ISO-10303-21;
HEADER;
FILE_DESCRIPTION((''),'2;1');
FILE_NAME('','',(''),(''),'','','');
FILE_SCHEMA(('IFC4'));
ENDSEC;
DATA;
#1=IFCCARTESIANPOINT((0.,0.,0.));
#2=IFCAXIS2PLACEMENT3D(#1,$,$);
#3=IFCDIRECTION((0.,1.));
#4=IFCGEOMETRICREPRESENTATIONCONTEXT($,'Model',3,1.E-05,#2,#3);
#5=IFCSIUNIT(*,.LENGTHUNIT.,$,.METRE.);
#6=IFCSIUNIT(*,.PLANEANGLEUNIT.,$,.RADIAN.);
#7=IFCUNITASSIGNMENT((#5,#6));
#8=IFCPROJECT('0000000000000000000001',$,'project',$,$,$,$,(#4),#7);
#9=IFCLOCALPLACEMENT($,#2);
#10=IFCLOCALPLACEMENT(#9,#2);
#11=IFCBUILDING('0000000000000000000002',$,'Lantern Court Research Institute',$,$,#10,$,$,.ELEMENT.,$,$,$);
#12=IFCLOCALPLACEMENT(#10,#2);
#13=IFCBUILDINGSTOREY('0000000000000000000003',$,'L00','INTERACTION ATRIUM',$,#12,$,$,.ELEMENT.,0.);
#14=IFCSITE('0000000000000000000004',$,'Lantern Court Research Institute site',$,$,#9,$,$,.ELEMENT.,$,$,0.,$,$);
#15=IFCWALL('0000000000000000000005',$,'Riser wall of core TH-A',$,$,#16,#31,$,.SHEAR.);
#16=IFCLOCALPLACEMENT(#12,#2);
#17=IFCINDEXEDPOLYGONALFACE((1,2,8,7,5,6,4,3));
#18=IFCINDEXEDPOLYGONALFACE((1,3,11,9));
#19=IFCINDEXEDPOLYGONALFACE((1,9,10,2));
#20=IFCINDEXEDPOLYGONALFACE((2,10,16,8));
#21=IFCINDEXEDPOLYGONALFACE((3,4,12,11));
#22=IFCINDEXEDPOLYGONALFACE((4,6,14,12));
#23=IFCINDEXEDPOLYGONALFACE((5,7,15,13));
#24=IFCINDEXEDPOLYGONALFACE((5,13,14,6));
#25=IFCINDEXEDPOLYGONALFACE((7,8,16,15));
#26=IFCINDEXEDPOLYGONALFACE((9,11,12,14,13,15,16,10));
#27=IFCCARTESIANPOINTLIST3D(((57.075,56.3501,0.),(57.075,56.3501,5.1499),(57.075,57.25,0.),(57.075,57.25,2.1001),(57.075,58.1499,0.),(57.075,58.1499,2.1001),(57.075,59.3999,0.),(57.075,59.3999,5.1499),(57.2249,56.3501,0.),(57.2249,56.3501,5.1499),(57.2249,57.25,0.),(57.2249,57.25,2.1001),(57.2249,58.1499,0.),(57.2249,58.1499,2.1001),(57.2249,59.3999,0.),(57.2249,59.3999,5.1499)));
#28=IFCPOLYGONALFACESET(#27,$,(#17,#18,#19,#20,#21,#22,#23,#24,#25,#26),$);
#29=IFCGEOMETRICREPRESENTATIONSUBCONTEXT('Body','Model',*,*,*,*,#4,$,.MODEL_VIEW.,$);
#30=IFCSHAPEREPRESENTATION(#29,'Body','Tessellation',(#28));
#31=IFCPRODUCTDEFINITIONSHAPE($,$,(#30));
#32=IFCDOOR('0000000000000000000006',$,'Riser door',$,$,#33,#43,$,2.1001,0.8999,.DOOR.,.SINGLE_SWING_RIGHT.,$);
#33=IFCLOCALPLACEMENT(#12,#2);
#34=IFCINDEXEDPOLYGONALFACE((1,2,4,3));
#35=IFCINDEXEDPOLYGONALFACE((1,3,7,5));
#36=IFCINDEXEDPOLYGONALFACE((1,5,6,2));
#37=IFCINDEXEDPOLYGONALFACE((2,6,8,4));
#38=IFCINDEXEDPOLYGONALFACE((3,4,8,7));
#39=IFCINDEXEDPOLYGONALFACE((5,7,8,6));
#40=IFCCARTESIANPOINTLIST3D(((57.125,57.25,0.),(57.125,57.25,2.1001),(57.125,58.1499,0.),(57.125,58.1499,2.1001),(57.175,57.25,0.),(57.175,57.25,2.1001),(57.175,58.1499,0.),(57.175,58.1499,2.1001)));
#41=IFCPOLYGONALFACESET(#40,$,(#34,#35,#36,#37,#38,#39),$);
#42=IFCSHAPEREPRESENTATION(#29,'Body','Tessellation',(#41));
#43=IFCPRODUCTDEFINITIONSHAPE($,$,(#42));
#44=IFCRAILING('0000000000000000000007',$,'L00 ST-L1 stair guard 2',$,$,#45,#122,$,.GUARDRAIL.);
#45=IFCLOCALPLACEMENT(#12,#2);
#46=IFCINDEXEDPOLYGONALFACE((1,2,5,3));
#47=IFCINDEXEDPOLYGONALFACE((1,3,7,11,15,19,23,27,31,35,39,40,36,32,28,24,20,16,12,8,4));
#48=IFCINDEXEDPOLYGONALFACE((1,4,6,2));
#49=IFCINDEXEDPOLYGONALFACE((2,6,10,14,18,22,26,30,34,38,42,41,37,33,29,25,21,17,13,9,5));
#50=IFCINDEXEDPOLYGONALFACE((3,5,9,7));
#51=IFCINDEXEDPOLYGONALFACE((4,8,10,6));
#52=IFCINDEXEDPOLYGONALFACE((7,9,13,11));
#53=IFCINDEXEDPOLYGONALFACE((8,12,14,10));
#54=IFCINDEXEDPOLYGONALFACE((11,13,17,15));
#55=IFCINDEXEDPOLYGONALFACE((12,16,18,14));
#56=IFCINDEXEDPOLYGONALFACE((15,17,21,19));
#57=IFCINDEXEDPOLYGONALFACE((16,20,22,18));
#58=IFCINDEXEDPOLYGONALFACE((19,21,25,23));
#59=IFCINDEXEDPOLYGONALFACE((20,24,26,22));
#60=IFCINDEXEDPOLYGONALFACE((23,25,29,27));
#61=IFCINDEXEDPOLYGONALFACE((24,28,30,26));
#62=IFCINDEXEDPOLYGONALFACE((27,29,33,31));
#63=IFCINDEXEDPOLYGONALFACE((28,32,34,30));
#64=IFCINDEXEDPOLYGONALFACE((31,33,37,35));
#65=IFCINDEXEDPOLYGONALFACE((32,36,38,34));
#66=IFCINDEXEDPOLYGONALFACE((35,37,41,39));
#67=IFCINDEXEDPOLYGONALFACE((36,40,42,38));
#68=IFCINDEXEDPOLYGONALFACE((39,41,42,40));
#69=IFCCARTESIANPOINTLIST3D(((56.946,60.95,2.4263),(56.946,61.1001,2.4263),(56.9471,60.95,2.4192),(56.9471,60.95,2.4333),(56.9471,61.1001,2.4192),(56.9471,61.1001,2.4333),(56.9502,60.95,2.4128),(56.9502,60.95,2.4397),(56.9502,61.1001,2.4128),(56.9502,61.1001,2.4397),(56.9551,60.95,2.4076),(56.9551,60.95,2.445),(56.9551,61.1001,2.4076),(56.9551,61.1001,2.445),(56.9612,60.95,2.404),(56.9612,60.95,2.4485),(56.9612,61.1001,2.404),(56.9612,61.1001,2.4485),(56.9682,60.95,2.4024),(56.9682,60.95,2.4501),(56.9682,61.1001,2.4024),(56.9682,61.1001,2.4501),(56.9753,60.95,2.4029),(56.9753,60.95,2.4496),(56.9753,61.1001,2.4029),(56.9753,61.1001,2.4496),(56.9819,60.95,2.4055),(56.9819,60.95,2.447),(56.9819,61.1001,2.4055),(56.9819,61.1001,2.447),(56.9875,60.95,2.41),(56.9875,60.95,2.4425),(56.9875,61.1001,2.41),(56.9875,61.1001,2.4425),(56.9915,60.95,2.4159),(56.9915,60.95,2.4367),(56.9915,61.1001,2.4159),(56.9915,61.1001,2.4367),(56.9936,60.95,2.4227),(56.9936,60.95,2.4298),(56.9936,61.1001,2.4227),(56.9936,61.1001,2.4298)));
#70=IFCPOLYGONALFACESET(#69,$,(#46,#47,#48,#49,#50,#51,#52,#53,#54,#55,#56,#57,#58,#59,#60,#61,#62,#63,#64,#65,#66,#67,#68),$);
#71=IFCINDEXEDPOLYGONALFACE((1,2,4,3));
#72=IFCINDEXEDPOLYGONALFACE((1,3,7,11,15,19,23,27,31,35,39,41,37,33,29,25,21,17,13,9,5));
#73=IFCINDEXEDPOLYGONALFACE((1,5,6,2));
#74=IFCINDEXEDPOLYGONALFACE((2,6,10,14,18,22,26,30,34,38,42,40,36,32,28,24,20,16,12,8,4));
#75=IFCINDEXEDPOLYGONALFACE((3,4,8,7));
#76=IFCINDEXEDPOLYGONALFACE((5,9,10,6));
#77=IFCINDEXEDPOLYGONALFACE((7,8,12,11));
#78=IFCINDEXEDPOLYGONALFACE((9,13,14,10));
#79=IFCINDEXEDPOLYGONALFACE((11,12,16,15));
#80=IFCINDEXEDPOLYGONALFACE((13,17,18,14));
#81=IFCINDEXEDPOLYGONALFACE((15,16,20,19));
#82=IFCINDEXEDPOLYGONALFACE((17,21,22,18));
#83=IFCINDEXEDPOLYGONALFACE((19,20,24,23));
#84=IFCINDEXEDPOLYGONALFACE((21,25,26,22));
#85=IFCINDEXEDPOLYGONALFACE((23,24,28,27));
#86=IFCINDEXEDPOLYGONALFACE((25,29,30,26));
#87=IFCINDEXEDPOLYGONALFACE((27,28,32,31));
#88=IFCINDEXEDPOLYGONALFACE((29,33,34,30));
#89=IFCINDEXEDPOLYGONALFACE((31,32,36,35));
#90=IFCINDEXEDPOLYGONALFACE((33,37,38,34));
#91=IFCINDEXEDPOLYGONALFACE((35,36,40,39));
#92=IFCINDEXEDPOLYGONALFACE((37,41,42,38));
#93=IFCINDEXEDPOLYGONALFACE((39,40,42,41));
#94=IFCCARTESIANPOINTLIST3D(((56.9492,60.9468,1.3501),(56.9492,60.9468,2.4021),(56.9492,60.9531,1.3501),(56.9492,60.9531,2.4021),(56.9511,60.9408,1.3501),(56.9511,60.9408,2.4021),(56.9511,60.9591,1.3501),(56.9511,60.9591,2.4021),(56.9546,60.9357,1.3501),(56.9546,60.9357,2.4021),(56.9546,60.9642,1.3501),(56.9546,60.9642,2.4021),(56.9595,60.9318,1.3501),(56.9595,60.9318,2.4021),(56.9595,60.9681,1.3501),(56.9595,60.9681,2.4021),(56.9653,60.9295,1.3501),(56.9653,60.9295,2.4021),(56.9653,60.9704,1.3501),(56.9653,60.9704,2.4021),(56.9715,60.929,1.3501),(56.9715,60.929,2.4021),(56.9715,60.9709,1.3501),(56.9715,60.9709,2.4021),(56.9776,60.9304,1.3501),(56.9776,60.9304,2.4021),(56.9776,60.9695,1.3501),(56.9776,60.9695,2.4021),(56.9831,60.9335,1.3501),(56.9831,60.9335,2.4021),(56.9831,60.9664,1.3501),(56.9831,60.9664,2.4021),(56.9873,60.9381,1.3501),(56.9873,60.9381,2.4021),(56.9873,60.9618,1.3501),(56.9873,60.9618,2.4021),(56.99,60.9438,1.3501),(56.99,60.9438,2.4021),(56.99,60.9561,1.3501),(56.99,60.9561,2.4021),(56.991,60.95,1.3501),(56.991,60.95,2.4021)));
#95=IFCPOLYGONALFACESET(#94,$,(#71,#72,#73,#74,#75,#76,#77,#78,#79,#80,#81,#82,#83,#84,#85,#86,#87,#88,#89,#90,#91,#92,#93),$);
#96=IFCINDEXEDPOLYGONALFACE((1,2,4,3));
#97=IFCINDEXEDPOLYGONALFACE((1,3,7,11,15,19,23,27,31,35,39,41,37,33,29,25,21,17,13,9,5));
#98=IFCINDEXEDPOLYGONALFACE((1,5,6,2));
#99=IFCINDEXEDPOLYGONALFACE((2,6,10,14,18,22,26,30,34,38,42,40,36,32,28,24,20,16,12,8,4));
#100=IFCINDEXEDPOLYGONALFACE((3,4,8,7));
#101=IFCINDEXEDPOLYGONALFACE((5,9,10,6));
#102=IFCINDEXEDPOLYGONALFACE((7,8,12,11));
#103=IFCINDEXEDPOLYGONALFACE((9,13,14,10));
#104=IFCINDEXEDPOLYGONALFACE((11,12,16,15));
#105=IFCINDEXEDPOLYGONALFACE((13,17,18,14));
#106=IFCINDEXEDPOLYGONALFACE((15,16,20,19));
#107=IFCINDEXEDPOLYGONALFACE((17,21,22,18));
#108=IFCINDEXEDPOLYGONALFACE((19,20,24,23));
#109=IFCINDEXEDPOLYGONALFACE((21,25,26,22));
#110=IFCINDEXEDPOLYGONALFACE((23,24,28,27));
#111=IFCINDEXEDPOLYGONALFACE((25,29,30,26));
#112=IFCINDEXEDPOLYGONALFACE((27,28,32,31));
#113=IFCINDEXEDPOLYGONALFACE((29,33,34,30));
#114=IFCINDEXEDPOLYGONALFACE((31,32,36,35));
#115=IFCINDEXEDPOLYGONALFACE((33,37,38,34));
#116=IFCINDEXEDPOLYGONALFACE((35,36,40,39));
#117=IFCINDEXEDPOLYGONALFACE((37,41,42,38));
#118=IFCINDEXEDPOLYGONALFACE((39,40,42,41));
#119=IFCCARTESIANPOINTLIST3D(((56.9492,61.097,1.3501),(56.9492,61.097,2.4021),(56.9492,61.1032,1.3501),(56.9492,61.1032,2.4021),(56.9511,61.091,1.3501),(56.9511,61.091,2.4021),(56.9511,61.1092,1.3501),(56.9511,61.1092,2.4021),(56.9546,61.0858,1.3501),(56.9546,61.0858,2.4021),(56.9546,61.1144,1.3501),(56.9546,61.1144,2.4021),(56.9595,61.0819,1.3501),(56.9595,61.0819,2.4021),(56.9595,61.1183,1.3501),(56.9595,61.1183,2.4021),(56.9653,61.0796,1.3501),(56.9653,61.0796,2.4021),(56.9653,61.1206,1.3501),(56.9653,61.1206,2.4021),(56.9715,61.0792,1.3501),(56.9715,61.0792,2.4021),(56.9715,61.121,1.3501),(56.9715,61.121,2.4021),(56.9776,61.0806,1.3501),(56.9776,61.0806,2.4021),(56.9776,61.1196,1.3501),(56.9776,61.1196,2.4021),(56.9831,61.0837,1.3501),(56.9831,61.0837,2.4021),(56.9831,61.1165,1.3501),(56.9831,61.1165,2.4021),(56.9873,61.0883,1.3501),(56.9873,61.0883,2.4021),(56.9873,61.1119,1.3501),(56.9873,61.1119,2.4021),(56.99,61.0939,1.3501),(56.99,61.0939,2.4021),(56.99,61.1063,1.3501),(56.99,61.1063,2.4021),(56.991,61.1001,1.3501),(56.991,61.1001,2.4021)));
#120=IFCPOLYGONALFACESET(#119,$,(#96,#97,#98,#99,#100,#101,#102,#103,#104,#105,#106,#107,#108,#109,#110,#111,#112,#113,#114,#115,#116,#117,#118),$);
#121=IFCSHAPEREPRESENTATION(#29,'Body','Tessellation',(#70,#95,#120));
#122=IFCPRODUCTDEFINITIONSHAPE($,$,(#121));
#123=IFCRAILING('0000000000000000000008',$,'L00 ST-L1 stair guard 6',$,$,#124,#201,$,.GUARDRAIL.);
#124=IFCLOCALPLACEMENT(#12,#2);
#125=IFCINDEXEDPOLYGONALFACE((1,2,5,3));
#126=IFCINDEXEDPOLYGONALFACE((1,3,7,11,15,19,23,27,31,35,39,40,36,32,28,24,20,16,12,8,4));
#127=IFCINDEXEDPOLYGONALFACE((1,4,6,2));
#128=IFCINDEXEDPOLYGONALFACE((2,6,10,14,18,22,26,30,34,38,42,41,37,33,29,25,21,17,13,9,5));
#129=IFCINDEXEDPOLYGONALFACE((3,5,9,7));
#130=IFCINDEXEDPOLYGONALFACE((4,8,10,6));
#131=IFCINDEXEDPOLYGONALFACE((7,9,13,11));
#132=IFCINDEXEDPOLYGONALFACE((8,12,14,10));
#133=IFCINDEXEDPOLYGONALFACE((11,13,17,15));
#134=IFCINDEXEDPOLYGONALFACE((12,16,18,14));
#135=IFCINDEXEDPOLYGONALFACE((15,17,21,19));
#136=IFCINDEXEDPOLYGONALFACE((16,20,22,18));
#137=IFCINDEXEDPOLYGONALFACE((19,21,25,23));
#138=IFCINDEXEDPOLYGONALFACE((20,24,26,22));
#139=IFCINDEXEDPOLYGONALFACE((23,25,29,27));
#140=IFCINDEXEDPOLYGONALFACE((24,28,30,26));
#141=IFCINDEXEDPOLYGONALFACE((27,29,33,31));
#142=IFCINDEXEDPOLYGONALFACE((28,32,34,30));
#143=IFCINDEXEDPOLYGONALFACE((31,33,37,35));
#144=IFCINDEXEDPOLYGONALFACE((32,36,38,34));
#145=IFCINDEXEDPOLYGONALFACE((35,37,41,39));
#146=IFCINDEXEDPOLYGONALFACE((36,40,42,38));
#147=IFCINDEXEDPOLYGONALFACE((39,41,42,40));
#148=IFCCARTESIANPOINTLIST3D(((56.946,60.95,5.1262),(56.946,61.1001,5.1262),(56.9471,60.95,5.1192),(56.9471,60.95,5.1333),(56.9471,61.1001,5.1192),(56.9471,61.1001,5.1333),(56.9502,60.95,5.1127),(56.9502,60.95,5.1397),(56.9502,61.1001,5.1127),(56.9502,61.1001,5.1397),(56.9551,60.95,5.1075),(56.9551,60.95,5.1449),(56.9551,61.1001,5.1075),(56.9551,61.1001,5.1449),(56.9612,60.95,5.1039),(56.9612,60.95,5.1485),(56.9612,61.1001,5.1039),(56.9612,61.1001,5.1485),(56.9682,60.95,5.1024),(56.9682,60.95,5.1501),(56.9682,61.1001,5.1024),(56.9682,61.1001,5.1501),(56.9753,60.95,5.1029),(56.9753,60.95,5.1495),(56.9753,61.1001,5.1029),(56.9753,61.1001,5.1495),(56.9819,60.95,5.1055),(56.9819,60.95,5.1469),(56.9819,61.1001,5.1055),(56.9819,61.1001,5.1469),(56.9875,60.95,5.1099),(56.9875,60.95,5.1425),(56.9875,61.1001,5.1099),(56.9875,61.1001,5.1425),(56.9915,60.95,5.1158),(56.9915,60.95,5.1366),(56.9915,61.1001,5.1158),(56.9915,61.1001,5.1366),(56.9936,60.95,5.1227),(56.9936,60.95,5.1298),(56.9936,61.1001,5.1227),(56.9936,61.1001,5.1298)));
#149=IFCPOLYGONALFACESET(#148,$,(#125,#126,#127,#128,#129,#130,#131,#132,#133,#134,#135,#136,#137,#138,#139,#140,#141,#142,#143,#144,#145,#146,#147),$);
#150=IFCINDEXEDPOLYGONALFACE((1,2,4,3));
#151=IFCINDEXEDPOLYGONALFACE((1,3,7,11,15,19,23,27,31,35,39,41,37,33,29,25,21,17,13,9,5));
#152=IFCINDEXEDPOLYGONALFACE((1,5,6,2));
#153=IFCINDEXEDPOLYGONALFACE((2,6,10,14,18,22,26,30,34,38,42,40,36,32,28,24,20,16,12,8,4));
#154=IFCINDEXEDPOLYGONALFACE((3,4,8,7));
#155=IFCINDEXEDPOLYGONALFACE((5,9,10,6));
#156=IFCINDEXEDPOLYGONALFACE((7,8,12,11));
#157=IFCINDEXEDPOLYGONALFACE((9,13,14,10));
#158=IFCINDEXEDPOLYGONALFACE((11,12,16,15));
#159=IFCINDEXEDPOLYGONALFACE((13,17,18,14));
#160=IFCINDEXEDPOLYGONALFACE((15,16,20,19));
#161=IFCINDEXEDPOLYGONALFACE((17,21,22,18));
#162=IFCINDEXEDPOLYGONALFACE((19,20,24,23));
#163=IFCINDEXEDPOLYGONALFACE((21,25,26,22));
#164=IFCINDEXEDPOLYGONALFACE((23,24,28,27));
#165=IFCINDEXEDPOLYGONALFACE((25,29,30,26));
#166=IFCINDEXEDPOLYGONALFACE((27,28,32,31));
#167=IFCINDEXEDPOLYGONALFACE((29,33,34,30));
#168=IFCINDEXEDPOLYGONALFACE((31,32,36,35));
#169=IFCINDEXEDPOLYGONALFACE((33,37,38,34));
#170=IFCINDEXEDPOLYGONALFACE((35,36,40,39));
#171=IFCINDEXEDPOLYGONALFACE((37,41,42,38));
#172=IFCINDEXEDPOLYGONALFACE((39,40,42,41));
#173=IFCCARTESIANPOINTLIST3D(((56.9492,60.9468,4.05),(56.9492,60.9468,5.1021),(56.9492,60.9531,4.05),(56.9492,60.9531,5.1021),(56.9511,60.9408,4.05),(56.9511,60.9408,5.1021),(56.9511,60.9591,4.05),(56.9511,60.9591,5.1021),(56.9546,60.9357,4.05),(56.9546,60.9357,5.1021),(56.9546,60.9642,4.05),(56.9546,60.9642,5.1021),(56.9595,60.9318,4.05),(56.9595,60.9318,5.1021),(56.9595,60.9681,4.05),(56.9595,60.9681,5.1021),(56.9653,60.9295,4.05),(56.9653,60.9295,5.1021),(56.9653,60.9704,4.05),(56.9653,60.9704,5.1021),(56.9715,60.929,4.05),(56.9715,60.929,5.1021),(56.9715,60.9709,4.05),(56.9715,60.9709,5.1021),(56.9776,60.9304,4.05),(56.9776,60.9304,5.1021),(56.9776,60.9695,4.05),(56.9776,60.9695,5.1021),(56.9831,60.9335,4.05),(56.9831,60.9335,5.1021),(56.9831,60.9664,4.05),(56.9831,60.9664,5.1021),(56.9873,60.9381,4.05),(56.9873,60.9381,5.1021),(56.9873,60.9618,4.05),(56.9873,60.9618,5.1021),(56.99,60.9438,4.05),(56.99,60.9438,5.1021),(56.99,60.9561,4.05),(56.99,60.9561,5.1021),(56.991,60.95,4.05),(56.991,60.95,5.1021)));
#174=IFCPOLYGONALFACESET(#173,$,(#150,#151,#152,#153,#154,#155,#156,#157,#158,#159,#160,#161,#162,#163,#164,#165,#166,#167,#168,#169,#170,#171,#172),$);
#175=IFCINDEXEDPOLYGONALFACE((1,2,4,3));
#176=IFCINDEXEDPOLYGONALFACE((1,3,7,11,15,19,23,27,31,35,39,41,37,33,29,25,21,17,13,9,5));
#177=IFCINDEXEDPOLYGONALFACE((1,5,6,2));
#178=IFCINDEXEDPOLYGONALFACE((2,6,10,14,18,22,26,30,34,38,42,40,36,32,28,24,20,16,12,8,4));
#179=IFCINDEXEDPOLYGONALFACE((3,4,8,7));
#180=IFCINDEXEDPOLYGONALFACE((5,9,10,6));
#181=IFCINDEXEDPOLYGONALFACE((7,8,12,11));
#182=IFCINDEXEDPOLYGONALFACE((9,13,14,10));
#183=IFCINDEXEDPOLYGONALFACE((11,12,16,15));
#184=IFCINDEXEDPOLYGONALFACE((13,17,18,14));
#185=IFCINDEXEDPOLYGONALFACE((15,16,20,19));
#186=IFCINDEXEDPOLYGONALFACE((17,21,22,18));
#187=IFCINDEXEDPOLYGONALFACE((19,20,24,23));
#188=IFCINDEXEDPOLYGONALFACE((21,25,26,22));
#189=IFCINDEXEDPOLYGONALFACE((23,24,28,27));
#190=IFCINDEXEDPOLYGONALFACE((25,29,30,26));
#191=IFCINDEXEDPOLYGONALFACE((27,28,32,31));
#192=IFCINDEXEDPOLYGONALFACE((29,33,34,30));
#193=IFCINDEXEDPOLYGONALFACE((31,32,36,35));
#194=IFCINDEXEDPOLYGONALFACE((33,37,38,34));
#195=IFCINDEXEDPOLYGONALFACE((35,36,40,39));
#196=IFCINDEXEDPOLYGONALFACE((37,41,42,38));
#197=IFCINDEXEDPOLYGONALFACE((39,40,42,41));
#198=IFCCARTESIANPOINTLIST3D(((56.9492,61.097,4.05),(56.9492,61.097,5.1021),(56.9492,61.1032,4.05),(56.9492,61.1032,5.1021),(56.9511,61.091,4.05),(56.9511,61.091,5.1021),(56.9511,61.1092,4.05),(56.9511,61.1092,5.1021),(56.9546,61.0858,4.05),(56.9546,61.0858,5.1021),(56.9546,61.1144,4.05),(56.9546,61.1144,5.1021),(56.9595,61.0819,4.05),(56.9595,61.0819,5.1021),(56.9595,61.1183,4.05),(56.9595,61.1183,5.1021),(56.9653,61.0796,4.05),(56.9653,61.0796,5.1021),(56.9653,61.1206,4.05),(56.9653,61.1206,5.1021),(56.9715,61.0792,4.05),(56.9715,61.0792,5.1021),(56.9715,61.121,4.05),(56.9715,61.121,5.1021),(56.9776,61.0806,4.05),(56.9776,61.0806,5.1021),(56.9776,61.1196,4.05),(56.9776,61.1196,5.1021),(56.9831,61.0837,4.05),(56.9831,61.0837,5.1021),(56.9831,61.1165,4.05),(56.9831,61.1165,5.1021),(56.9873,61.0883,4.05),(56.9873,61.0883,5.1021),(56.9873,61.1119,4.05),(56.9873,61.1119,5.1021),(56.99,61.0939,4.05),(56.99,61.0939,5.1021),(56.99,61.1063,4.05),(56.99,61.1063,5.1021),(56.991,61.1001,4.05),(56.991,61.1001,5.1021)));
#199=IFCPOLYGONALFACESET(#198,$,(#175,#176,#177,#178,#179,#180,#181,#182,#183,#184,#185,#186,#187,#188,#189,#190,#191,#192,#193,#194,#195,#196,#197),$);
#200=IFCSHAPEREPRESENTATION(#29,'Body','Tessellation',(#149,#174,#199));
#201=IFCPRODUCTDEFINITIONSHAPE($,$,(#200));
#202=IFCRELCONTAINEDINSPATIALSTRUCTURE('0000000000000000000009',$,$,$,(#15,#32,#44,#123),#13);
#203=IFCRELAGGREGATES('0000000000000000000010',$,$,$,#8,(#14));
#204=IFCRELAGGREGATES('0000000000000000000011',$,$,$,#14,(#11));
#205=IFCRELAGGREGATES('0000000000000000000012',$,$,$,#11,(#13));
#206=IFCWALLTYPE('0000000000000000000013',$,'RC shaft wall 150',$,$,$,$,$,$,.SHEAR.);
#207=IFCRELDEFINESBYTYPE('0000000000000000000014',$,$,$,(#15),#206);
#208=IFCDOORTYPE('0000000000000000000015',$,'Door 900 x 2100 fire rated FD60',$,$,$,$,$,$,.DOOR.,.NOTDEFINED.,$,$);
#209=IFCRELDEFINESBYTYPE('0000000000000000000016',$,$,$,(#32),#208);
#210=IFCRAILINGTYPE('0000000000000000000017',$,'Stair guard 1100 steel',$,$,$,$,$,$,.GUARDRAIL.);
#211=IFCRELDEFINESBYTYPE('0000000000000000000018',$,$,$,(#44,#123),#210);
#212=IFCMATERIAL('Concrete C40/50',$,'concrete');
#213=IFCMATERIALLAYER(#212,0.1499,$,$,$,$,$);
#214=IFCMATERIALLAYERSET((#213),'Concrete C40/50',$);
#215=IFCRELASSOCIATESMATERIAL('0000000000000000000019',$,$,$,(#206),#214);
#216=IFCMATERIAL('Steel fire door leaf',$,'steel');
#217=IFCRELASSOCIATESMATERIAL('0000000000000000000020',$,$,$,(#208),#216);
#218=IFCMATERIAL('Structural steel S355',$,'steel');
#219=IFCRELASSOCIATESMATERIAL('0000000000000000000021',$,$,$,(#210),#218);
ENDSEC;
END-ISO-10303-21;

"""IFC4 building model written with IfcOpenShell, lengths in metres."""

from ifc_helpers import new_model, si_unit, direction, frame, frame_2d, origin, origin_2d, place, context, subcontext, project, spatial, rectangle, circle, extrude, material, layer, layer_set, type_object, element, fill, save


model = new_model("IFC4")

# Units and contexts
model_context = context("Model", 3, precision=1e-05, world=origin(), true_north=direction((0.0, 1.0)))
body_context = subcontext(model_context, "Body", "Model", "MODEL_VIEW")
ifc_project = project(units=[si_unit("LENGTHUNIT", "METRE"), si_unit("PLANEANGLEUNIT", "RADIAN")], contexts=[model_context])

# Site, building, storey
site_placement = place(None, origin())
site = spatial("IfcSite", under=ifc_project, at=site_placement, Name="Lantern Court Research Institute site", CompositionType="ELEMENT", RefElevation=0.0)
building_placement = place(site_placement, origin())
building = spatial("IfcBuilding", under=site, at=building_placement, Name="Lantern Court Research Institute", CompositionType="ELEMENT")
storey_placement = place(building_placement, origin())
storey = spatial("IfcBuildingStorey", under=building, at=storey_placement, Name="L00", Description="INTERACTION ATRIUM", CompositionType="ELEMENT", Elevation=0.0)

# Wall, opening, door
ifc_material_1 = material(Name="Concrete C40/50", Category="concrete")
ifc_layer_1 = layer(ifc_material_1, 0.1499)
ifc_layer_set_1 = layer_set([ifc_layer_1], Name="Concrete C40/50")
wall_type_1 = type_object("IfcWallType", Name="RC shaft wall 150", PredefinedType="SHEAR", material=ifc_layer_set_1)
wall_1_placement = place(storey_placement, frame((57.1499, 56.3501, 0.0), z_axis=(0.0, 0.0, 1.0), x_axis=(0.0, 1.0, 0.0)))
wall_1 = element("IfcWall", 1, at=wall_1_placement, inside=storey, type_object=wall_type_1, Name="Riser wall of core TH-A", PredefinedType="SHEAR", context=body_context, shape_type="SweptSolid", body=[
    extrude(rectangle(XDim=3.0498, YDim=0.1499, at=frame_2d((1.5249, 0.0))), origin(), (0.0, 0.0, 1.0), 5.1499),
])
opening_1_placement = place(wall_1_placement, frame((0.8999, 0.0, 0.0)))
opening_1 = element("IfcOpeningElement", 2, at=opening_1_placement, cuts=wall_1, PredefinedType="OPENING", context=body_context, shape_type="SweptSolid", body=[
    extrude(rectangle(XDim=0.8999, YDim=2.1001, at=frame_2d((0.45, 1.05))), frame((0.0, 0.085, 0.0), z_axis=(0.0, -1.0, 0.0), x_axis=(1.0, 0.0, 0.0)), (0.0, 0.0, 1.0), 0.1699),
])
ifc_material_2 = material(Name="Steel fire door leaf", Category="steel")
door_type_1 = type_object("IfcDoorType", Name="Door 900 x 2100 fire rated FD60", OperationType="NOTDEFINED", PredefinedType="DOOR", material=ifc_material_2)
door_1_placement = place(opening_1_placement, origin())
door_1 = element("IfcDoor", 3, at=door_1_placement, inside=storey, type_object=door_type_1, Name="Riser door", OperationType="SINGLE_SWING_RIGHT", OverallHeight=2.1001, OverallWidth=0.8999, PredefinedType="DOOR", context=body_context, shape_type="SweptSolid", body=[
    extrude(rectangle(XDim=0.8999, YDim=2.1001, at=frame_2d((0.45, 1.05))), frame((0.0, 0.0249, 0.0), z_axis=(0.0, -1.0, 0.0), x_axis=(1.0, 0.0, 0.0)), (0.0, 0.0, 1.0), 0.05),
])
fill(opening_1, door_1)

# Railings
ifc_material_3 = material(Name="Structural steel S355", Category="steel")
railing_type = type_object("IfcRailingType", Name="Stair guard 1100 steel", PredefinedType="GUARDRAIL", material=ifc_material_3)
for number, where, name in (
    (4, (56.97, 60.95, 1.3501), "L00 ST-L1 stair guard 2"),
    (5, (56.97, 60.95, 4.05), "L00 ST-L1 stair guard 6"),
):
    element("IfcRailing", number, at=place(storey_placement, frame(where)), inside=storey, type_object=railing_type, Name=name, PredefinedType="GUARDRAIL", context=body_context, shape_type="SweptSolid", body=[
        extrude(circle(Radius=0.0239, at=origin_2d()), frame((0.0, 0.0, 1.0762), z_axis=(0.0, 1.0, 0.0), x_axis=(-1.0, 0.0, 0.0)), (0.0, 0.0, 1.0), 0.1501),
        extrude(circle(Radius=0.021, at=origin_2d()), origin(), (0.0, 0.0, 1.0), 1.052),
        extrude(circle(Radius=0.021, at=origin_2d()), frame((0.0, 0.1501, 0.0)), (0.0, 0.0, 1.0), 1.052),
    ])

save(model, "model.ifc")
